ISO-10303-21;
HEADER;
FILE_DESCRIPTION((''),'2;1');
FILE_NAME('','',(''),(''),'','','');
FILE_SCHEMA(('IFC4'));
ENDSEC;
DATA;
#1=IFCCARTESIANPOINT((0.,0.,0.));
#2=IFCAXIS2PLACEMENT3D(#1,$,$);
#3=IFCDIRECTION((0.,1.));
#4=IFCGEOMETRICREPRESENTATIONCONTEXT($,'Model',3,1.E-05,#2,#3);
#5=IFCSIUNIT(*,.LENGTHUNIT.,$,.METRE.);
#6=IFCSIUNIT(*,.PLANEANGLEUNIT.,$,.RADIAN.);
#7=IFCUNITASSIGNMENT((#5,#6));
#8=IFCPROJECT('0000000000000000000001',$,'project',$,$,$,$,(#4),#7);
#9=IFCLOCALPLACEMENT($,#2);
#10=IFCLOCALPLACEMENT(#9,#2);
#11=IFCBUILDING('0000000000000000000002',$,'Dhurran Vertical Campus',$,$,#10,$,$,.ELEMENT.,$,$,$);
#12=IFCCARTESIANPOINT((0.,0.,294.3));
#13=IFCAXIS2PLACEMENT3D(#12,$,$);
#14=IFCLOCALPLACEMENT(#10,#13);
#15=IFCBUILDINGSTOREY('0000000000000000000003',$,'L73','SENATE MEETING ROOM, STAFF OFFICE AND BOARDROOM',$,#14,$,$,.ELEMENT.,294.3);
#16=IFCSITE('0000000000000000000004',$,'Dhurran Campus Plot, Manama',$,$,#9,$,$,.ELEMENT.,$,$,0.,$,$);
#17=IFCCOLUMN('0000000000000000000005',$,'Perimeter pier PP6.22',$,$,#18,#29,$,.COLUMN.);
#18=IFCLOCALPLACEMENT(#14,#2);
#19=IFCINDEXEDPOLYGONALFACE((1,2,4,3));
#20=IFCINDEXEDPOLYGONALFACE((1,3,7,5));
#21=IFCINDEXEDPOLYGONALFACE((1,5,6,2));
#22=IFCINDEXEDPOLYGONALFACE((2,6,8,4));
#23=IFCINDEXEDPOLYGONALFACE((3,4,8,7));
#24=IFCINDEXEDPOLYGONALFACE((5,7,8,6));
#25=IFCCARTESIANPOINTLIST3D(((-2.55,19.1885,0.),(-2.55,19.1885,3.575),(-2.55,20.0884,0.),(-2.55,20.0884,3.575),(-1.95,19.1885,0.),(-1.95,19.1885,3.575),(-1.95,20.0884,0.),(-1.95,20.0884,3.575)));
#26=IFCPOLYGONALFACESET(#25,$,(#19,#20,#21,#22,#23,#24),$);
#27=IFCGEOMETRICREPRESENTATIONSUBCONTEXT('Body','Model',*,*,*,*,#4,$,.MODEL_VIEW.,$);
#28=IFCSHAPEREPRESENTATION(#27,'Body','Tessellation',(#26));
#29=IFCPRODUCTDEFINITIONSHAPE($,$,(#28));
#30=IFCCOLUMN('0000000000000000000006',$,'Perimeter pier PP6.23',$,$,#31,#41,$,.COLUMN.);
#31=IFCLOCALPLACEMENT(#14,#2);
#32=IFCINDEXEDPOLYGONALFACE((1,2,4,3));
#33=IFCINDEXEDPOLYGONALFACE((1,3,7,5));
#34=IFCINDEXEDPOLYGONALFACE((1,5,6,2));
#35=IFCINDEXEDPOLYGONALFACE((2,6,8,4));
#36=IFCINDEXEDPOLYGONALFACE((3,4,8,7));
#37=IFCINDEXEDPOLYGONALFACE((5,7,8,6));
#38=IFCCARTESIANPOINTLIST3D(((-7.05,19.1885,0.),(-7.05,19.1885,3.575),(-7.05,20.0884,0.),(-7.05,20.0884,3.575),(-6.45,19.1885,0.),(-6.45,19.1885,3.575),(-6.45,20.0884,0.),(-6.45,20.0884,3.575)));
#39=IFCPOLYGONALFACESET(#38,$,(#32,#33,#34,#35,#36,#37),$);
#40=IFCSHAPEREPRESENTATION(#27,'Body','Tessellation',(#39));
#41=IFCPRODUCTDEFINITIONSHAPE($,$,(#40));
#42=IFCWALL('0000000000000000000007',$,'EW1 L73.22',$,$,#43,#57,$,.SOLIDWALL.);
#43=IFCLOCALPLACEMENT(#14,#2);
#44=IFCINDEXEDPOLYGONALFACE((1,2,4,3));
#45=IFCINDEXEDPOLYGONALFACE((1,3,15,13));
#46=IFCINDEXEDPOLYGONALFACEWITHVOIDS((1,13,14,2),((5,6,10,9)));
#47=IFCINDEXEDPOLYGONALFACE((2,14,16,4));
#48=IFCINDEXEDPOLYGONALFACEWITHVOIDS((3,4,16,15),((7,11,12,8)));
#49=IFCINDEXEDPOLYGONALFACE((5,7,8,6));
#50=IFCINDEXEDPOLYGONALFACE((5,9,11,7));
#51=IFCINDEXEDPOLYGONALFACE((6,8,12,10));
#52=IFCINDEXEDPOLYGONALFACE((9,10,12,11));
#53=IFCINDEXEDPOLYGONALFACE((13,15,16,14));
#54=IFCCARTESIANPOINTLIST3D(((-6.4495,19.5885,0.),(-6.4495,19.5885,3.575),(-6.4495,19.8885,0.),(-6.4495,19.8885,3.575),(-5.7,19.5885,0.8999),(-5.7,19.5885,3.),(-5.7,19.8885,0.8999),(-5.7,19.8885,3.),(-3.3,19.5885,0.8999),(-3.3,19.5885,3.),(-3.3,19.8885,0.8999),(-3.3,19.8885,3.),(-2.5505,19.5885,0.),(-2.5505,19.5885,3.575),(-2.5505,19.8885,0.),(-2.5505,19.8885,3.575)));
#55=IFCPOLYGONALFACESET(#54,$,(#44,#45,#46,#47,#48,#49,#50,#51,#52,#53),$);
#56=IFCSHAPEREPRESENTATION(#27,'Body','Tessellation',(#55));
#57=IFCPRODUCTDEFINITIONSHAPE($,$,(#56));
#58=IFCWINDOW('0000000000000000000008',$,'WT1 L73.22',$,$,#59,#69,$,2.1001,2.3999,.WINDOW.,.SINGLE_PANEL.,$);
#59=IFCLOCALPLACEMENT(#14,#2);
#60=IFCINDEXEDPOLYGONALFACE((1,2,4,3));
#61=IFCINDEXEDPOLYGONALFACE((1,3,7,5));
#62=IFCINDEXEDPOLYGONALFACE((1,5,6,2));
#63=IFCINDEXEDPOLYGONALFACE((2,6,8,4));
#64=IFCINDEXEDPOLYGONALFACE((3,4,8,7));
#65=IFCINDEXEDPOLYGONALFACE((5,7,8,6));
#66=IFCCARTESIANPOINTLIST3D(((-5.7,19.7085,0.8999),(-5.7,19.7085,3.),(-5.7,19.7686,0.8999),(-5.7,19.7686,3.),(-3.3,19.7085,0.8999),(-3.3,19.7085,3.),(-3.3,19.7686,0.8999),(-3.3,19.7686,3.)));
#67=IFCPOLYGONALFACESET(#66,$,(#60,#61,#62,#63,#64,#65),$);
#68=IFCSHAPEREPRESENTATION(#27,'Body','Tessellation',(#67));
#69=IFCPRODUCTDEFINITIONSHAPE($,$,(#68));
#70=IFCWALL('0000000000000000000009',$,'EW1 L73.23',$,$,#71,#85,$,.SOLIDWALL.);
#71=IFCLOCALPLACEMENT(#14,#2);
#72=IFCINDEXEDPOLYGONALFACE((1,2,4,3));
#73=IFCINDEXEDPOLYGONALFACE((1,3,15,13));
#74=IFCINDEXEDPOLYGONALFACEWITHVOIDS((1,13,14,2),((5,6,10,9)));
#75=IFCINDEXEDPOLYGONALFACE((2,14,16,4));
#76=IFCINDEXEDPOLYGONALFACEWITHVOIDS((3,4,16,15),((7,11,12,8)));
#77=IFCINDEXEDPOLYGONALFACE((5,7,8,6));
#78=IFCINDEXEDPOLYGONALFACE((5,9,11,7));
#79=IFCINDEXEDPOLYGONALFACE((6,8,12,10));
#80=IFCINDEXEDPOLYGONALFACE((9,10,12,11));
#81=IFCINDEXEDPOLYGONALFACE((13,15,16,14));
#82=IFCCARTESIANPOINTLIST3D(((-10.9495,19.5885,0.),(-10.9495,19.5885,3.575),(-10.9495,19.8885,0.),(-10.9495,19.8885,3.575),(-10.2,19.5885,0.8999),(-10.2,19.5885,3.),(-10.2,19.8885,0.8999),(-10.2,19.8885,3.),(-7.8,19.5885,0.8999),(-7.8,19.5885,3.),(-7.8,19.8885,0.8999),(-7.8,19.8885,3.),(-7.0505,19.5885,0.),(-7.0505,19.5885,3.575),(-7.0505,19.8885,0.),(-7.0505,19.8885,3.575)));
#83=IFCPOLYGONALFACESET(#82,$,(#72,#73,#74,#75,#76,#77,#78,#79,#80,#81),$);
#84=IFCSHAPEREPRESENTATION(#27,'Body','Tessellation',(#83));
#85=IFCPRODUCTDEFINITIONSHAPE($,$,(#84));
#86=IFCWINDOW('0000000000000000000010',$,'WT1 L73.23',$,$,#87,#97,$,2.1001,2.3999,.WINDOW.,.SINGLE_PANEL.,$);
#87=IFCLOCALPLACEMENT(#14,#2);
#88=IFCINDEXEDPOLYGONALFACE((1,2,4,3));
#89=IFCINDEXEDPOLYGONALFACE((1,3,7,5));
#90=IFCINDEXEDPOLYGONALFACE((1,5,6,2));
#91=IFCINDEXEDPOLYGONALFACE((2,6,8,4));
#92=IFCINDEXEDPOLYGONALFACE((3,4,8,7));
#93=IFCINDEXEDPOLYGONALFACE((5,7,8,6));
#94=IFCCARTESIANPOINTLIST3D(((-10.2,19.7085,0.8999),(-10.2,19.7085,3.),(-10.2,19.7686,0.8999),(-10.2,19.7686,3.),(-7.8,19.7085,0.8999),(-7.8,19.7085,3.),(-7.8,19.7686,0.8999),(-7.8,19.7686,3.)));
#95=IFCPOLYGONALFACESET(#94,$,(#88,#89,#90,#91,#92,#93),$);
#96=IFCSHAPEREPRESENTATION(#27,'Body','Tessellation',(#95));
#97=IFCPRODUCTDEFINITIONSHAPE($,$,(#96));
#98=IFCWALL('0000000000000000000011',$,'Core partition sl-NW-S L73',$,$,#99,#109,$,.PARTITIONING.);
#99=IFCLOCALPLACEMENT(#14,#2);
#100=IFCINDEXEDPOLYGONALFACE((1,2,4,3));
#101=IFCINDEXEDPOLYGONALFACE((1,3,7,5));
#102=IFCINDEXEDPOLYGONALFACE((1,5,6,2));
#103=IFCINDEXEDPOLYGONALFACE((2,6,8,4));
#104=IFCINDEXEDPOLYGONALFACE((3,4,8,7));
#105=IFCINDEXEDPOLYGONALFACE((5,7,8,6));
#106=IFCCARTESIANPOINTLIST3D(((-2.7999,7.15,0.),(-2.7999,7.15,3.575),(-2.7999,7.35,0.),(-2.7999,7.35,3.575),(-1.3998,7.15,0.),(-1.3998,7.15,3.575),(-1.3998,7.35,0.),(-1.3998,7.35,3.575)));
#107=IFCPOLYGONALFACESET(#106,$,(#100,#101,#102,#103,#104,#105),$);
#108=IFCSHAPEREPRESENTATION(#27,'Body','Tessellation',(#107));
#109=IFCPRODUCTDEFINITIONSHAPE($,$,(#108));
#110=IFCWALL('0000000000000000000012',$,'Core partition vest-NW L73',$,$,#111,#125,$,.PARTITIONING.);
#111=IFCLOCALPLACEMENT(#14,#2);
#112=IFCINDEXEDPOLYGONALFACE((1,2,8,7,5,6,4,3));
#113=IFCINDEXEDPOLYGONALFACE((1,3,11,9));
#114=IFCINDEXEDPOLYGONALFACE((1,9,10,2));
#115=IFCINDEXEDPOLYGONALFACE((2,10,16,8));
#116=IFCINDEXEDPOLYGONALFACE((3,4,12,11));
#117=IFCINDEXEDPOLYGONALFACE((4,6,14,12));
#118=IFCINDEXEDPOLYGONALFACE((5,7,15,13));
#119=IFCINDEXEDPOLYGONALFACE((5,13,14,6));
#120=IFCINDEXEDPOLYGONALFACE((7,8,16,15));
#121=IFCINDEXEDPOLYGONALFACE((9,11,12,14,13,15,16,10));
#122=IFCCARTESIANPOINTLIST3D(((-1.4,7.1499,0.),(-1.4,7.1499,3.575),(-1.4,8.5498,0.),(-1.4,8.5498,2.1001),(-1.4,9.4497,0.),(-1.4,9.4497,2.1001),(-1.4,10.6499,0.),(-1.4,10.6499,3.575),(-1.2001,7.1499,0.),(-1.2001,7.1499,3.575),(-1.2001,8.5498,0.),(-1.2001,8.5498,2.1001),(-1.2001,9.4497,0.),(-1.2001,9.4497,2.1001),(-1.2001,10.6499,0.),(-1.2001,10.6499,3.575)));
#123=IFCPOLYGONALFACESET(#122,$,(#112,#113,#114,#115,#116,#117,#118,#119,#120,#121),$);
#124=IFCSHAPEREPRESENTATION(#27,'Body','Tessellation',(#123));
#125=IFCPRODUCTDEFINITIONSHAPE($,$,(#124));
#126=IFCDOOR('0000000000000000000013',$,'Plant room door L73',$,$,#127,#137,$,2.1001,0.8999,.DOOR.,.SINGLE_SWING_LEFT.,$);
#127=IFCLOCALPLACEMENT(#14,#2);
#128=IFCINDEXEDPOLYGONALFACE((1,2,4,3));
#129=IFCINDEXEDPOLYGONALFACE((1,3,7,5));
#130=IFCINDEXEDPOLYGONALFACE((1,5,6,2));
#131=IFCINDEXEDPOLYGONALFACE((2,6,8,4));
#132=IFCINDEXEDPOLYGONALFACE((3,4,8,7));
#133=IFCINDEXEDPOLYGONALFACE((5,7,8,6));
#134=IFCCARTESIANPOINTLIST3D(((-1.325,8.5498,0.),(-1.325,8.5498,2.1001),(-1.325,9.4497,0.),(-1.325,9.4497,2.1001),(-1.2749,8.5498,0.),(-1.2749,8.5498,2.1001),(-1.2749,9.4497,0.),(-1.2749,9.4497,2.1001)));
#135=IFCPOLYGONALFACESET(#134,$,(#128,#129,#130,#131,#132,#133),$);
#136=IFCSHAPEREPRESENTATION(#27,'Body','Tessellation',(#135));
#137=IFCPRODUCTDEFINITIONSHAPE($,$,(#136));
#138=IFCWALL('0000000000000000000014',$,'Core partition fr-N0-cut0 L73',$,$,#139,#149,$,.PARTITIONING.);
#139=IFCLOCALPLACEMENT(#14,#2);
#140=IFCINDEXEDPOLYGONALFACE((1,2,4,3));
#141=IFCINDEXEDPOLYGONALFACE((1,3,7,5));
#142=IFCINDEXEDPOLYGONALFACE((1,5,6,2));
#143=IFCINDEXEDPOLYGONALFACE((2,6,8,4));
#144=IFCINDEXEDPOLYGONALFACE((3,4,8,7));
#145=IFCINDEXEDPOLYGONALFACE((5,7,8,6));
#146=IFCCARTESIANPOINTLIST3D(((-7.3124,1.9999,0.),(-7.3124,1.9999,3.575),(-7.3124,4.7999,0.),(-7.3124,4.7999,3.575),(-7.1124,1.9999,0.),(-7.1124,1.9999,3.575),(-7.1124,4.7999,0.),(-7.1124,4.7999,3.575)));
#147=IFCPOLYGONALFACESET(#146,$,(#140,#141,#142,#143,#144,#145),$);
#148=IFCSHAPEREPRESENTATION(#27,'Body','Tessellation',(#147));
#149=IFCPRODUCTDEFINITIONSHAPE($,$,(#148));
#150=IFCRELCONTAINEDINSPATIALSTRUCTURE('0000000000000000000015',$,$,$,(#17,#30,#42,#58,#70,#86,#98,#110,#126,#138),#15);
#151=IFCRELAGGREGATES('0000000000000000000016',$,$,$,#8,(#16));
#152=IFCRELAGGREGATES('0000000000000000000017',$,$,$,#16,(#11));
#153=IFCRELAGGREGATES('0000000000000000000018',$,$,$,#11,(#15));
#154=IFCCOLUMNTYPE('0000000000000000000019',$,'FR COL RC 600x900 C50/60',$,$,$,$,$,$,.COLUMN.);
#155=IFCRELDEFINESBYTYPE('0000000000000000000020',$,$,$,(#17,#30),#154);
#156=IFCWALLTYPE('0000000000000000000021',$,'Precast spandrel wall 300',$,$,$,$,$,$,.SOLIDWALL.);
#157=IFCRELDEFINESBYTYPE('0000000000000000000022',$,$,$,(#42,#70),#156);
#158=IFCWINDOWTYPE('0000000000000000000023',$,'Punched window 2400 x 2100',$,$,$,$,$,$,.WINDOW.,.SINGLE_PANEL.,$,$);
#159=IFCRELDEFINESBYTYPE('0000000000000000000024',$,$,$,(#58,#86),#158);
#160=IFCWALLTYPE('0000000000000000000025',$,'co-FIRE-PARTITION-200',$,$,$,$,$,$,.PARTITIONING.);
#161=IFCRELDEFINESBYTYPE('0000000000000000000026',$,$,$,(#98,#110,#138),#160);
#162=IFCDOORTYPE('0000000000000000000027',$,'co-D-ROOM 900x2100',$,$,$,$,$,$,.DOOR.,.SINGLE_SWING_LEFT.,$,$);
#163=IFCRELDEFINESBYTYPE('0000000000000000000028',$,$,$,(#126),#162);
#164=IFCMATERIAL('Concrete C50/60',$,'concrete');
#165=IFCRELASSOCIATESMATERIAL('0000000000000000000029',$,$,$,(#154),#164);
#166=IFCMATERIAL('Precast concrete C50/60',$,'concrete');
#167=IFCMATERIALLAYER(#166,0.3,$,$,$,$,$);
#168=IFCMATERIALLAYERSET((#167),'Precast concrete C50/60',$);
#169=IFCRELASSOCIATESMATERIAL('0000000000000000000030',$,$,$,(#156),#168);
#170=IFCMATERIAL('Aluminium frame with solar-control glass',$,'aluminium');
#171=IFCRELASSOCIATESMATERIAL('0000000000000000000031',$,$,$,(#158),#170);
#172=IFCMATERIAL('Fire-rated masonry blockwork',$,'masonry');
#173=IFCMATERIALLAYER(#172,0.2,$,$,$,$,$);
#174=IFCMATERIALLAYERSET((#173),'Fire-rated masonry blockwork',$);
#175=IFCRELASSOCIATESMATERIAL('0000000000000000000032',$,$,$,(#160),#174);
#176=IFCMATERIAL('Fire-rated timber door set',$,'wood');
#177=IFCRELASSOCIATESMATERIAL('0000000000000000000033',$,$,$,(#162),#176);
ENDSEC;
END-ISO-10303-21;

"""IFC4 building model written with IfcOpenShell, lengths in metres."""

from ifc_helpers import new_model, si_unit, direction, frame, frame_2d, origin, origin_2d, place, context, subcontext, project, spatial, rectangle, extrude, material, layer, layer_set, material_profile, profile_set, type_object, element, fill, save


model = new_model("IFC4")

# Units and contexts
model_context = context("Model", 3, precision=1e-05, world=origin(), true_north=direction((0.0, 1.0)))
body_context = subcontext(model_context, "Body", "Model", "MODEL_VIEW")
ifc_project = project(units=[si_unit("LENGTHUNIT", "METRE"), si_unit("PLANEANGLEUNIT", "RADIAN")], contexts=[model_context])

# Site, building, storey
site_placement = place(None, origin())
site = spatial("IfcSite", under=ifc_project, at=site_placement, Name="Dhurran Campus Plot, Manama", CompositionType="ELEMENT", RefElevation=0.0)
building_placement = place(site_placement, origin())
building = spatial("IfcBuilding", under=site, at=building_placement, Name="Dhurran Vertical Campus", CompositionType="ELEMENT")
storey_placement = place(building_placement, frame((0.0, 0.0, 294.3)))
storey = spatial("IfcBuildingStorey", under=building, at=storey_placement, Name="L73", Description="SENATE MEETING ROOM, STAFF OFFICE AND BOARDROOM", CompositionType="ELEMENT", Elevation=294.3)

# Columns
ifc_material_1 = material(Name="Concrete C50/60", Category="concrete")
ifc_material_profile = material_profile(ifc_material_1, rectangle(XDim=0.6001, YDim=0.8999, at=origin_2d()), Name="RC 600x900")
ifc_profile_set = profile_set([ifc_material_profile], Name="Concrete C50/60")
column_type = type_object("IfcColumnType", Name="FR COL RC 600x900 C50/60", PredefinedType="COLUMN", material=ifc_profile_set)
for number, where, z_axis, x_axis, name in (
    (1, (-2.25, 19.6384, 0.0), (0.0, 0.0, 1.0), (-1.0, 0.0, 0.0), "Perimeter pier PP6.22"),
    (2, (-6.75, 19.6384, 0.0), (0.0, 0.0, 1.0), (-1.0, 0.0, 0.0), "Perimeter pier PP6.23"),
):
    element("IfcColumn", number, at=place(storey_placement, frame(where, z_axis=z_axis, x_axis=x_axis)), inside=storey, type_object=column_type, Name=name, PredefinedType="COLUMN", context=body_context, shape_type="SweptSolid", body=[
        extrude(rectangle(XDim=0.6001, YDim=0.8999, at=origin_2d()), origin(), (0.0, 0.0, 1.0), 3.575),
    ])

# Walls, openings, windows
ifc_material_2 = material(Name="Precast concrete C50/60", Category="concrete")
ifc_layer_1 = layer(ifc_material_2, 0.3)
ifc_layer_set_1 = layer_set([ifc_layer_1], Name="Precast concrete C50/60")
wall_type_1 = type_object("IfcWallType", Name="Precast spandrel wall 300", PredefinedType="SOLIDWALL", material=ifc_layer_set_1)
wall_1_placement = place(storey_placement, frame((-2.5505, 19.7385, 0.0), z_axis=(0.0, 0.0, 1.0), x_axis=(-1.0, 0.0, 0.0)))
wall_1 = element("IfcWall", 3, at=wall_1_placement, inside=storey, type_object=wall_type_1, Name="EW1 L73.22", PredefinedType="SOLIDWALL", context=body_context, shape_type="SweptSolid", body=[
    extrude(rectangle(XDim=3.8989, YDim=0.3, at=frame_2d((1.9495, 0.0))), origin(), (0.0, 0.0, 1.0), 3.575),
])
opening_1_placement = place(wall_1_placement, frame((0.7495, 0.0, 0.8999)))
opening_1 = element("IfcOpeningElement", 4, at=opening_1_placement, cuts=wall_1, PredefinedType="OPENING", context=body_context, shape_type="SweptSolid", body=[
    extrude(rectangle(XDim=2.3999, YDim=2.1001, at=frame_2d((1.2, 1.05))), frame((0.0, 0.1599, 0.0), z_axis=(0.0, -1.0, 0.0), x_axis=(1.0, 0.0, 0.0)), (0.0, 0.0, 1.0), 0.3201),
])
ifc_material_3 = material(Name="Aluminium frame with solar-control glass", Category="aluminium")
window_type = type_object("IfcWindowType", Name="Punched window 2400 x 2100", PartitioningType="SINGLE_PANEL", PredefinedType="WINDOW", material=ifc_material_3)
window_1_placement = place(opening_1_placement, origin())
window_1 = element("IfcWindow", 5, at=window_1_placement, inside=storey, type_object=window_type, Name="WT1 L73.22", OverallHeight=2.1001, OverallWidth=2.3999, PartitioningType="SINGLE_PANEL", PredefinedType="WINDOW", context=body_context, shape_type="SweptSolid", body=[
    extrude(rectangle(XDim=2.3999, YDim=2.1001, at=frame_2d((1.2, 1.05))), frame((0.0, 0.03, 0.0), z_axis=(0.0, -1.0, 0.0), x_axis=(1.0, 0.0, 0.0)), (0.0, 0.0, 1.0), 0.0601),
])
fill(opening_1, window_1)
wall_2_placement = place(storey_placement, frame((-7.0505, 19.7385, 0.0), z_axis=(0.0, 0.0, 1.0), x_axis=(-1.0, 0.0, 0.0)))
wall_2 = element("IfcWall", 6, at=wall_2_placement, inside=storey, type_object=wall_type_1, Name="EW1 L73.23", PredefinedType="SOLIDWALL", context=body_context, shape_type="SweptSolid", body=[
    extrude(rectangle(XDim=3.8989, YDim=0.3, at=frame_2d((1.9495, 0.0))), origin(), (0.0, 0.0, 1.0), 3.575),
])
opening_2_placement = place(wall_2_placement, frame((0.7495, 0.0, 0.8999)))
opening_2 = element("IfcOpeningElement", 7, at=opening_2_placement, cuts=wall_2, PredefinedType="OPENING", context=body_context, shape_type="SweptSolid", body=[
    extrude(rectangle(XDim=2.3999, YDim=2.1001, at=frame_2d((1.2, 1.05))), frame((0.0, 0.1599, 0.0), z_axis=(0.0, -1.0, 0.0), x_axis=(1.0, 0.0, 0.0)), (0.0, 0.0, 1.0), 0.3201),
])
window_2_placement = place(opening_2_placement, origin())
window_2 = element("IfcWindow", 8, at=window_2_placement, inside=storey, type_object=window_type, Name="WT1 L73.23", OverallHeight=2.1001, OverallWidth=2.3999, PartitioningType="SINGLE_PANEL", PredefinedType="WINDOW", context=body_context, shape_type="SweptSolid", body=[
    extrude(rectangle(XDim=2.3999, YDim=2.1001, at=frame_2d((1.2, 1.05))), frame((0.0, 0.03, 0.0), z_axis=(0.0, -1.0, 0.0), x_axis=(1.0, 0.0, 0.0)), (0.0, 0.0, 1.0), 0.0601),
])
fill(opening_2, window_2)

# Wall
ifc_material_4 = material(Name="Fire-rated masonry blockwork", Category="masonry")
ifc_layer_2 = layer(ifc_material_4, 0.2)
ifc_layer_set_2 = layer_set([ifc_layer_2], Name="Fire-rated masonry blockwork")
wall_type_2 = type_object("IfcWallType", Name="co-FIRE-PARTITION-200", PredefinedType="PARTITIONING", material=ifc_layer_set_2)
wall_3_placement = place(storey_placement, frame((-2.8, 7.25, 0.0), z_axis=(0.0, 0.0, 1.0), x_axis=(1.0, 0.0, 0.0)))
element("IfcWall", 9, at=wall_3_placement, inside=storey, type_object=wall_type_2, Name="Core partition sl-NW-S L73", PredefinedType="PARTITIONING", context=body_context, shape_type="SweptSolid", body=[
    extrude(rectangle(XDim=1.4001, YDim=0.2, at=frame_2d((0.7002, 0.0))), origin(), (0.0, 0.0, 1.0), 3.575),
])

# Wall, opening, door
wall_4_placement = place(storey_placement, frame((-1.3, 7.1499, 0.0), z_axis=(0.0, 0.0, 1.0), x_axis=(0.0, 1.0, 0.0)))
wall_4 = element("IfcWall", 10, at=wall_4_placement, inside=storey, type_object=wall_type_2, Name="Core partition vest-NW L73", PredefinedType="PARTITIONING", context=body_context, shape_type="SweptSolid", body=[
    extrude(rectangle(XDim=3.5, YDim=0.2, at=frame_2d((1.75, 0.0))), origin(), (0.0, 0.0, 1.0), 3.575),
])
opening_3_placement = place(wall_4_placement, frame((1.3999, 0.0, 0.0)))
opening_3 = element("IfcOpeningElement", 11, at=opening_3_placement, cuts=wall_4, PredefinedType="OPENING", context=body_context, shape_type="SweptSolid", body=[
    extrude(rectangle(XDim=0.8999, YDim=2.1001, at=frame_2d((0.45, 1.05))), frame((0.0, 0.1099, 0.0), z_axis=(0.0, -1.0, 0.0), x_axis=(1.0, 0.0, 0.0)), (0.0, 0.0, 1.0), 0.22),
])
ifc_material_5 = material(Name="Fire-rated timber door set", Category="wood")
door_type_1 = type_object("IfcDoorType", Name="co-D-ROOM 900x2100", OperationType="SINGLE_SWING_LEFT", PredefinedType="DOOR", material=ifc_material_5)
door_1_placement = place(opening_3_placement, origin())
door_1 = element("IfcDoor", 12, at=door_1_placement, inside=storey, type_object=door_type_1, Name="Plant room door L73", OperationType="SINGLE_SWING_LEFT", OverallHeight=2.1001, OverallWidth=0.8999, PredefinedType="DOOR", context=body_context, shape_type="SweptSolid", body=[
    extrude(rectangle(XDim=0.8999, YDim=2.1001, at=frame_2d((0.45, 1.05))), frame((0.0, 0.0249, 0.0), z_axis=(0.0, -1.0, 0.0), x_axis=(1.0, 0.0, 0.0)), (0.0, 0.0, 1.0), 0.05),
])
fill(opening_3, door_1)

# Wall
wall_5_placement = place(storey_placement, frame((-7.2124, 2.0, 0.0), z_axis=(0.0, 0.0, 1.0), x_axis=(0.0, 1.0, 0.0)))
element("IfcWall", 13, at=wall_5_placement, inside=storey, type_object=wall_type_2, Name="Core partition fr-N0-cut0 L73", PredefinedType="PARTITIONING", context=body_context, shape_type="SweptSolid", body=[
    extrude(rectangle(XDim=2.8, YDim=0.2, at=frame_2d((1.3999, 0.0))), origin(), (0.0, 0.0, 1.0), 3.575),
])

save(model, "model.ifc")
